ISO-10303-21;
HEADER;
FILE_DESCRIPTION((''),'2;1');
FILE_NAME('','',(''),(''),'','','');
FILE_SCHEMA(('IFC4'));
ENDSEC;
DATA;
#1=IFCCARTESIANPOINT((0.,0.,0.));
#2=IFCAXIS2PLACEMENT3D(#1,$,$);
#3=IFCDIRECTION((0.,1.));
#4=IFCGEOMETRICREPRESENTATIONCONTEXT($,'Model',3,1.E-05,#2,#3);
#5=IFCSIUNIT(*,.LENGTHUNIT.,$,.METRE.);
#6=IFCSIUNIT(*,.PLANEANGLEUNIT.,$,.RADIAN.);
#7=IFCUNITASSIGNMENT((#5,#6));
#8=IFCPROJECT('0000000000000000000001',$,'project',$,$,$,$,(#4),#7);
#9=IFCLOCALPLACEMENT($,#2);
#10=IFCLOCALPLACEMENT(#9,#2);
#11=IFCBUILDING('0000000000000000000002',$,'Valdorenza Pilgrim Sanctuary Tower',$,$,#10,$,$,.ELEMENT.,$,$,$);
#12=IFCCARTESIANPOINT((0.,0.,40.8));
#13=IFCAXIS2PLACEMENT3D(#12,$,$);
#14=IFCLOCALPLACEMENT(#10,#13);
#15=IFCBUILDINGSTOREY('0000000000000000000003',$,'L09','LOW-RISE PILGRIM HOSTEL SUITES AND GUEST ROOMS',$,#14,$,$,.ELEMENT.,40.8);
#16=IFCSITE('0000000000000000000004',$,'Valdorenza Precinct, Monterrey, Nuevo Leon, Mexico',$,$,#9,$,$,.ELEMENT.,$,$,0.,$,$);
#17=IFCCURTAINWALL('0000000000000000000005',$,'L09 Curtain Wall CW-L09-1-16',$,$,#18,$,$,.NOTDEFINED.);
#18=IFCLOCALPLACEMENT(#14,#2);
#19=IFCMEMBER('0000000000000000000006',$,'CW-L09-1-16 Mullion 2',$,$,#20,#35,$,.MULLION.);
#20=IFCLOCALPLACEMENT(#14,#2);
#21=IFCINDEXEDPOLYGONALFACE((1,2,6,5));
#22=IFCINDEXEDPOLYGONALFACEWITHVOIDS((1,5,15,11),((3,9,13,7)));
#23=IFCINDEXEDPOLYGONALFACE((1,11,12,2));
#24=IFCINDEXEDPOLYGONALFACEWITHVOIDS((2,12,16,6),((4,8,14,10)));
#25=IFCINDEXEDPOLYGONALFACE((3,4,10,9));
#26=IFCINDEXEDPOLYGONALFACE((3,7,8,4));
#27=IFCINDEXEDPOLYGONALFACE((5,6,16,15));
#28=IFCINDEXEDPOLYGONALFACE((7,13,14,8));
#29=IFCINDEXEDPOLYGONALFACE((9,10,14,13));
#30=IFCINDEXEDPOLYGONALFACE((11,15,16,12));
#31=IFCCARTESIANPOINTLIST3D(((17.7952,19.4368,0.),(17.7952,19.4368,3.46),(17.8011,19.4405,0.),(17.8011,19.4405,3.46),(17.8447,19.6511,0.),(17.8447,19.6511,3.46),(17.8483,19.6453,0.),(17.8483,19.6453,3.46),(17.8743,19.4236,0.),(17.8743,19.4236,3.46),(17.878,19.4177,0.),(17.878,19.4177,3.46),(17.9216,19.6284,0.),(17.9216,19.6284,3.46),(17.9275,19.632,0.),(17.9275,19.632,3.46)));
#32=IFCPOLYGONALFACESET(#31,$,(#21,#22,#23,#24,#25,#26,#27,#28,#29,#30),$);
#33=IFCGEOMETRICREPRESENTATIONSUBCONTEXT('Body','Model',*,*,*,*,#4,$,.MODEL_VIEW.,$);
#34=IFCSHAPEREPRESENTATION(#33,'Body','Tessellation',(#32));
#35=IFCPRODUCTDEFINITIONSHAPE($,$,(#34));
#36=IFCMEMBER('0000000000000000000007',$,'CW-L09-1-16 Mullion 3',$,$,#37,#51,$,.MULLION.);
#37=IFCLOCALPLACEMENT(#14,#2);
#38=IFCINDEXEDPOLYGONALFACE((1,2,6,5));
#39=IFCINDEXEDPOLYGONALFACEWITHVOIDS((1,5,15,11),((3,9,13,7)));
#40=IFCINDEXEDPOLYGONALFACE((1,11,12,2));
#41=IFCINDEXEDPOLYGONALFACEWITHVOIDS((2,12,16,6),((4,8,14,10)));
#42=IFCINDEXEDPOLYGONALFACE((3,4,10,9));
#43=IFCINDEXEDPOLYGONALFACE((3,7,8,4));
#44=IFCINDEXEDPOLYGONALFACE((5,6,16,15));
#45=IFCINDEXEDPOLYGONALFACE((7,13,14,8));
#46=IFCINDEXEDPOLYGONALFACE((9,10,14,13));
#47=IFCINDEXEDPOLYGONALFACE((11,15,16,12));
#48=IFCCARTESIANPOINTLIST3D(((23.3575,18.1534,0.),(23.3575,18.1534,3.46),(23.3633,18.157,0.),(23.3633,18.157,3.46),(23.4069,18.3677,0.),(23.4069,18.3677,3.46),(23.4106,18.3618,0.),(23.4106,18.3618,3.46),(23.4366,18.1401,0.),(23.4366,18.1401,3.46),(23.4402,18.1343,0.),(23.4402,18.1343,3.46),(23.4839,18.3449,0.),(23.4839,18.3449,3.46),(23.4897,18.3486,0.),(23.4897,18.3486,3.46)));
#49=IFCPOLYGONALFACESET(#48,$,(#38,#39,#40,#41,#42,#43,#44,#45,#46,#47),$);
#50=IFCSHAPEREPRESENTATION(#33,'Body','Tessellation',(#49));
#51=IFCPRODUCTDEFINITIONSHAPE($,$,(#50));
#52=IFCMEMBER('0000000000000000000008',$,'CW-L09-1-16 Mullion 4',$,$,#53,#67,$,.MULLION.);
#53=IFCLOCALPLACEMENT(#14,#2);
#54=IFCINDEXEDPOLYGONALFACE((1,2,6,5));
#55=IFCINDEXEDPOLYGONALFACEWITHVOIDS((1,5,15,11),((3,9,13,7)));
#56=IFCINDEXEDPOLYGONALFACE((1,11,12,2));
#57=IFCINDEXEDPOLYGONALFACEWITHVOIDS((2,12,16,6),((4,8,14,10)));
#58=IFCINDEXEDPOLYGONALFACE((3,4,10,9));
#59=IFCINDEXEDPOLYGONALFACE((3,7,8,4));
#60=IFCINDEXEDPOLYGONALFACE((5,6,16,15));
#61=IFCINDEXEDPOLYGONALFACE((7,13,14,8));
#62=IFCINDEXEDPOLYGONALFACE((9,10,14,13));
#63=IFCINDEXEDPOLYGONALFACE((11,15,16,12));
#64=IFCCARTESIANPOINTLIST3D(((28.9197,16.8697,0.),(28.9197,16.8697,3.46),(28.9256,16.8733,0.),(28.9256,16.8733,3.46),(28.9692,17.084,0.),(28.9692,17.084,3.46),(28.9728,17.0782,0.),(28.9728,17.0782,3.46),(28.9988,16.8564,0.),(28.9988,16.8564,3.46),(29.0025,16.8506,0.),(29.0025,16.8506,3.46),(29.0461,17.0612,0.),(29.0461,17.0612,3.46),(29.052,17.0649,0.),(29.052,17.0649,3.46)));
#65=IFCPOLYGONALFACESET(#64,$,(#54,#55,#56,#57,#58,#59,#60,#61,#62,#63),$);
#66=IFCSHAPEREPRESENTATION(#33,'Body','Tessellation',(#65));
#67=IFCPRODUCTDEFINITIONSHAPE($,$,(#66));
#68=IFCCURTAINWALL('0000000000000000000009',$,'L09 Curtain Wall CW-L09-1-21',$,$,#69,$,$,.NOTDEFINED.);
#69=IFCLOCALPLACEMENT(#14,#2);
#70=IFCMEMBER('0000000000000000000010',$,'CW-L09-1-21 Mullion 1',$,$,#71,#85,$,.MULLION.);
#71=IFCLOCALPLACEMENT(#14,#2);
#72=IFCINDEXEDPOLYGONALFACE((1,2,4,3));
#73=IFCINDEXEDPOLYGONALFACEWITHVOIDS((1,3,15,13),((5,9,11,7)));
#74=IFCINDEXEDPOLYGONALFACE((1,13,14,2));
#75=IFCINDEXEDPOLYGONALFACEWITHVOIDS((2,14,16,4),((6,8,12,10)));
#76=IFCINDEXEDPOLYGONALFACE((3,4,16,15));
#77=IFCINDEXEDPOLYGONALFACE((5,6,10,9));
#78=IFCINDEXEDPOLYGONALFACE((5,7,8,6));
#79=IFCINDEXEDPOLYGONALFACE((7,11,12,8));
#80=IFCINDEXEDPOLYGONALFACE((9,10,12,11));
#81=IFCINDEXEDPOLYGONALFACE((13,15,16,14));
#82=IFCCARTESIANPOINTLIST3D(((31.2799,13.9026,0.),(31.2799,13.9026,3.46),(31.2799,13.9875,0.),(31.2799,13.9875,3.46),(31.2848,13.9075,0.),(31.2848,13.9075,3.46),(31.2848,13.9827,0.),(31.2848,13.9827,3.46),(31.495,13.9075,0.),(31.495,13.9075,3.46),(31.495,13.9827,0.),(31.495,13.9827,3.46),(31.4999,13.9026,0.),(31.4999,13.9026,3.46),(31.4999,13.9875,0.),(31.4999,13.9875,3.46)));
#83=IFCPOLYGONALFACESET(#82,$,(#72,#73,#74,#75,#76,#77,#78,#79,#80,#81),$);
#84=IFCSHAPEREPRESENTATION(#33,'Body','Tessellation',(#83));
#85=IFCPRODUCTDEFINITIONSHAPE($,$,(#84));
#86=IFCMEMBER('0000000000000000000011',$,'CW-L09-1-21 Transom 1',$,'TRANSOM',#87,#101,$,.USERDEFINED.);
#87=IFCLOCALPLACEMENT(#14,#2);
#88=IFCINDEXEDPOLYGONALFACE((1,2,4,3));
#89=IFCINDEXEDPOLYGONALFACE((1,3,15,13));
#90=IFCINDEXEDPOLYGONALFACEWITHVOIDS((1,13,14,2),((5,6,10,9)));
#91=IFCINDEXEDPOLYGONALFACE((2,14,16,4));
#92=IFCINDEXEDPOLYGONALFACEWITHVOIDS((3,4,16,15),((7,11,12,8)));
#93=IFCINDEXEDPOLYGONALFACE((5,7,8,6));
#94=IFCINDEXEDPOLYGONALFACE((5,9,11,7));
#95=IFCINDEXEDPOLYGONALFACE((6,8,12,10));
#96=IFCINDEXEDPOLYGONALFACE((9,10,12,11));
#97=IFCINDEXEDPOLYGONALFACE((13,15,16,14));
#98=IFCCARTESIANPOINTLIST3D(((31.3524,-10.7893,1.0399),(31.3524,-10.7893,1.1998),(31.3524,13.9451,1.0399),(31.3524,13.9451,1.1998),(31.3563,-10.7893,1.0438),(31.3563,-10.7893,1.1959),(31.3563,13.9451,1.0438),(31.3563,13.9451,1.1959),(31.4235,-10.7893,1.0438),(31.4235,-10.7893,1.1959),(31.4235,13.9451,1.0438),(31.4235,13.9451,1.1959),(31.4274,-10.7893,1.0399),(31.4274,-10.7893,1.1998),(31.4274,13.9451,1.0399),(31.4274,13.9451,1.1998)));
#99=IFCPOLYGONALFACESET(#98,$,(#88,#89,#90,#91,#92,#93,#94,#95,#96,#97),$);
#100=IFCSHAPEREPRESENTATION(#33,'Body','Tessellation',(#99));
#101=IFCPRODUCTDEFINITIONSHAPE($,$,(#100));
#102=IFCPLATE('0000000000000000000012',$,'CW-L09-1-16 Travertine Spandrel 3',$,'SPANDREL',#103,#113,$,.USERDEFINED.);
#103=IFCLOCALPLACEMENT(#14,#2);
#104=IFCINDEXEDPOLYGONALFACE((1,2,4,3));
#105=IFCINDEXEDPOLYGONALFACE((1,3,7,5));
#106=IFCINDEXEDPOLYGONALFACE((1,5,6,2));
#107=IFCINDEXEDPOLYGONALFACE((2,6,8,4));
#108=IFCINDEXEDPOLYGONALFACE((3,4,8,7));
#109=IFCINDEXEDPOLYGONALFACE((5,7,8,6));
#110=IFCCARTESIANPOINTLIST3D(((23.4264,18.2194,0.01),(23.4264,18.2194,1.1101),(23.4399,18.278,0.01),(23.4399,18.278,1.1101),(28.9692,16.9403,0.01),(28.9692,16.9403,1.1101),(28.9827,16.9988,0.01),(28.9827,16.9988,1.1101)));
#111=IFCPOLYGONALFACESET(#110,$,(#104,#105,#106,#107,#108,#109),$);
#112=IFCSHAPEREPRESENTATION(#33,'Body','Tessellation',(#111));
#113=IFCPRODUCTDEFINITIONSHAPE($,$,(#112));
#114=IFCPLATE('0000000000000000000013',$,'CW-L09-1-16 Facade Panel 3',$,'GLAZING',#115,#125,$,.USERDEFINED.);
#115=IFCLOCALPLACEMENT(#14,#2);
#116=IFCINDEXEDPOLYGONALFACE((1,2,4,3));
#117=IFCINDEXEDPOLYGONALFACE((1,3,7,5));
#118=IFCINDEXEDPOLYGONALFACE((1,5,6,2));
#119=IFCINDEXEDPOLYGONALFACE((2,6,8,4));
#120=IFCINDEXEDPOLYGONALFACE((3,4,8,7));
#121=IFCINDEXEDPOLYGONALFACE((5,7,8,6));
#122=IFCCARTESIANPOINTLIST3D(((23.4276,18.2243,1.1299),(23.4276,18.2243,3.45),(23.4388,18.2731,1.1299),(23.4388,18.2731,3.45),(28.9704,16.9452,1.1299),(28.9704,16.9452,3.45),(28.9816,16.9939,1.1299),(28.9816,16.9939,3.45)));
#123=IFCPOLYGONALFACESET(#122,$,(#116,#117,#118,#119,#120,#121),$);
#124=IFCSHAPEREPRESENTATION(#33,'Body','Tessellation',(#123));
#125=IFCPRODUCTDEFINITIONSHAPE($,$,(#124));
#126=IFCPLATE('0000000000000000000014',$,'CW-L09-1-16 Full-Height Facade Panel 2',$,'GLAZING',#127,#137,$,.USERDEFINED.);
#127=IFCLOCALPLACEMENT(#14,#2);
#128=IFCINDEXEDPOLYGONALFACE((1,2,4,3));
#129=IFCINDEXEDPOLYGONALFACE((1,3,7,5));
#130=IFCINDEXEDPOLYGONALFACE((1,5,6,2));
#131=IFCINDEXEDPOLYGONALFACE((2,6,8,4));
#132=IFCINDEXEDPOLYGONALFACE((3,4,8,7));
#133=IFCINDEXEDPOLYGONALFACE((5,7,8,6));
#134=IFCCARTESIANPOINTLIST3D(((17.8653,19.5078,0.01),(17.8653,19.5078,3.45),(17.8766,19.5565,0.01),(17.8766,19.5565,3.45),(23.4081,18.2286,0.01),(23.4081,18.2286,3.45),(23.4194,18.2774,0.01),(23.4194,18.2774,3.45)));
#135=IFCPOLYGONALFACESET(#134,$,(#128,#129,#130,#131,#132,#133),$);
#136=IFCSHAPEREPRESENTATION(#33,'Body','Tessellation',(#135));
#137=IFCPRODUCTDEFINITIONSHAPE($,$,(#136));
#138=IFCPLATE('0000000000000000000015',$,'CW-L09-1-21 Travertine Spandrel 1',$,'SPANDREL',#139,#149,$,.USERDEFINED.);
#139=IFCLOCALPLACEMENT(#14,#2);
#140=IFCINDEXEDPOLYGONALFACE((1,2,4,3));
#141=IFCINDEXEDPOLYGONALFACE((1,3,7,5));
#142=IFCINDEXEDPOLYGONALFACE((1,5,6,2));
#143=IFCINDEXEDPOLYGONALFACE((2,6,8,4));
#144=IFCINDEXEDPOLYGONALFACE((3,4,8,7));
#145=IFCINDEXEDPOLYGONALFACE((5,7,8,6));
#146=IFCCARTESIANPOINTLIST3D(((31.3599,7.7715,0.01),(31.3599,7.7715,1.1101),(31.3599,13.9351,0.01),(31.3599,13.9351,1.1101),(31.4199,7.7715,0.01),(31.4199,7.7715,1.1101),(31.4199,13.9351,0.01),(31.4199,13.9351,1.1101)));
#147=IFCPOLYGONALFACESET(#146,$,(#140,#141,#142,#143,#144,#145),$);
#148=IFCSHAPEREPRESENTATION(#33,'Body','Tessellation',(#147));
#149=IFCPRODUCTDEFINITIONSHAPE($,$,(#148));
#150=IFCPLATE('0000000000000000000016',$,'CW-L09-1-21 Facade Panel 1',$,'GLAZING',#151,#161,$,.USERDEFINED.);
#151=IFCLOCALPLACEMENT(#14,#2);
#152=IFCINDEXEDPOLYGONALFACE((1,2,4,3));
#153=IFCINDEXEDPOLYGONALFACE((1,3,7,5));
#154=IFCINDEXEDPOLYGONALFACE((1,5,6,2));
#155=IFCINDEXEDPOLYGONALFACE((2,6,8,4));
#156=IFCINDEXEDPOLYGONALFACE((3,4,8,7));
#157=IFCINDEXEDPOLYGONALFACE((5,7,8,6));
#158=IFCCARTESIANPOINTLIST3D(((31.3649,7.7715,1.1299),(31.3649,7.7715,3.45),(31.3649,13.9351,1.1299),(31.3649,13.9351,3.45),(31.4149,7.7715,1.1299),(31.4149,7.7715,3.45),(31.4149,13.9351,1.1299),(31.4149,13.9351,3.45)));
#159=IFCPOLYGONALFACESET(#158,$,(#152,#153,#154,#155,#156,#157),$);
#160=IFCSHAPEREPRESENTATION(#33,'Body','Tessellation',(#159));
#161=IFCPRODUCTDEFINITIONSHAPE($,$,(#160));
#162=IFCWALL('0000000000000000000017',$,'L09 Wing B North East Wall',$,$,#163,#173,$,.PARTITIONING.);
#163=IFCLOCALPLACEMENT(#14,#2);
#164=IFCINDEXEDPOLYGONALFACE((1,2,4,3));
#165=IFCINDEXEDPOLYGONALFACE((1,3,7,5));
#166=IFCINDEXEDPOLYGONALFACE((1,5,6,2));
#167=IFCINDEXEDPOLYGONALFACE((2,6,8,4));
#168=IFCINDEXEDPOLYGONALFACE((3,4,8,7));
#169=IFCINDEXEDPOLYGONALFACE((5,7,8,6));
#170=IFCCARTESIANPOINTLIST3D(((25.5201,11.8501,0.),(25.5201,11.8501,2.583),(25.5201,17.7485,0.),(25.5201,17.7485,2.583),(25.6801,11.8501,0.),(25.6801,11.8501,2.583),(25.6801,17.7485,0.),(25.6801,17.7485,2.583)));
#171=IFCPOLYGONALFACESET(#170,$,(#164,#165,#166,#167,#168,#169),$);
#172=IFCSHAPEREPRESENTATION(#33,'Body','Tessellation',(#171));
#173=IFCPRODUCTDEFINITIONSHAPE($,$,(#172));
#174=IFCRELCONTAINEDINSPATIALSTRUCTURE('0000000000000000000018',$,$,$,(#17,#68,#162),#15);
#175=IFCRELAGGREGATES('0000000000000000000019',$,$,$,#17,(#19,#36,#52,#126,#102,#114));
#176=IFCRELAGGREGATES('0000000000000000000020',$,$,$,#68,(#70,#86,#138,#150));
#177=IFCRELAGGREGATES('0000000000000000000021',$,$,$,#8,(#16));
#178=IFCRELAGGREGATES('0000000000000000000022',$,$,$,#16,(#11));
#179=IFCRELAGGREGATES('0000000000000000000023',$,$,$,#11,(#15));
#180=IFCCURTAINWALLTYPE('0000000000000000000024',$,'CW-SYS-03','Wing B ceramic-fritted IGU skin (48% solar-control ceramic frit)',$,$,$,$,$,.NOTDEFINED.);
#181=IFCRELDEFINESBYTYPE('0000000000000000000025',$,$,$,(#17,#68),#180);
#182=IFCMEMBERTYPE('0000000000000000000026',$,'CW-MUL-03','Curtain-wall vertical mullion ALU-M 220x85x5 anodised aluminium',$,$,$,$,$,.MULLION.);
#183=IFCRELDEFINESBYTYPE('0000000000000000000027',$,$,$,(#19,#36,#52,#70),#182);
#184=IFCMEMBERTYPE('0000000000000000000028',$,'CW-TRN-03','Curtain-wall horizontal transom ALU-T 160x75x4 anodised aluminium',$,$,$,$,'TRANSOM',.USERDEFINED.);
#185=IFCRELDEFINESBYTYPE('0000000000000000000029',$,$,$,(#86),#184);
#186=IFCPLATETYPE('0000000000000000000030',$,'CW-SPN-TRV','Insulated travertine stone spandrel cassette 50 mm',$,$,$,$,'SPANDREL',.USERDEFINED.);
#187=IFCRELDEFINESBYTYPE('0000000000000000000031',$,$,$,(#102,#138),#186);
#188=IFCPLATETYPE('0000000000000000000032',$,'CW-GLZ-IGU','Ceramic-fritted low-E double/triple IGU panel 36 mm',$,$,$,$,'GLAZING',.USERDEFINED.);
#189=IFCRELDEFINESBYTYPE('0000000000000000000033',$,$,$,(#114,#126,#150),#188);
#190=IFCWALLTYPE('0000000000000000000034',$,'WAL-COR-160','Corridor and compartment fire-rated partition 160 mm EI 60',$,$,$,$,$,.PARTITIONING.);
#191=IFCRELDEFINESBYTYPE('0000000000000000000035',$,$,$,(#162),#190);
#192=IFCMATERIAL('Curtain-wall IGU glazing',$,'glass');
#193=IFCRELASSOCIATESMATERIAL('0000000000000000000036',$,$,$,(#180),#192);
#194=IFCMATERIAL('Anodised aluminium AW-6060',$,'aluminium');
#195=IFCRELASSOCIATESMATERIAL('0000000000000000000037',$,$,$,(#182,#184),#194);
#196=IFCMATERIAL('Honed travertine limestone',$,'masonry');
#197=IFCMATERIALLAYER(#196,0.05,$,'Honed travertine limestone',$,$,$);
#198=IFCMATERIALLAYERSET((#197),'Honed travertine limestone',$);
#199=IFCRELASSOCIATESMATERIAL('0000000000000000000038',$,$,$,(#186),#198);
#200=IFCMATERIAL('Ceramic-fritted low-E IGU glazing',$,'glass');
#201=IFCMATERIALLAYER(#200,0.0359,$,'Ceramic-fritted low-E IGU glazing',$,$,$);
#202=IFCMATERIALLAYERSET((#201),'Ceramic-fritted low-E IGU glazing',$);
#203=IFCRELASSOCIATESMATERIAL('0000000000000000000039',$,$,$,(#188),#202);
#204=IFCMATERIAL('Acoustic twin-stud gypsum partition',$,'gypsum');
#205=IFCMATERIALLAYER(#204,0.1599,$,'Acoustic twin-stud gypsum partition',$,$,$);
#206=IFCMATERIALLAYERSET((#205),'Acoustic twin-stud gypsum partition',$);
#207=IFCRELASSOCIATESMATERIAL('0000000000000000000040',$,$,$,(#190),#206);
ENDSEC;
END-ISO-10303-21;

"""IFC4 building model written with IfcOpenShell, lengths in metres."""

from ifc_helpers import new_model, si_unit, direction, frame, frame_2d, origin, origin_2d, place, context, subcontext, project, spatial, rectangle, hollow_rectangle, extrude, source, transform, mapped, material, layer, layer_set, material_profile, profile_set, type_object, element, aggregate, save


model = new_model("IFC4")

# Units and contexts
model_context = context("Model", 3, precision=1e-05, world=origin(), true_north=direction((0.0, 1.0)))
body_context = subcontext(model_context, "Body", "Model", "MODEL_VIEW")
ifc_project = project(units=[si_unit("LENGTHUNIT", "METRE"), si_unit("PLANEANGLEUNIT", "RADIAN")], contexts=[model_context])

# Site, building, storey
site_placement = place(None, origin())
site = spatial("IfcSite", under=ifc_project, at=site_placement, Name="Valdorenza Precinct, Monterrey, Nuevo Leon, Mexico", CompositionType="ELEMENT", RefElevation=0.0)
building_placement = place(site_placement, origin())
building = spatial("IfcBuilding", under=site, at=building_placement, Name="Valdorenza Pilgrim Sanctuary Tower", CompositionType="ELEMENT")
storey_placement = place(building_placement, frame((0.0, 0.0, 40.8)))
storey = spatial("IfcBuildingStorey", under=building, at=storey_placement, Name="L09", Description="LOW-RISE PILGRIM HOSTEL SUITES AND GUEST ROOMS", CompositionType="ELEMENT", Elevation=40.8)

# Curtain walls, members
ifc_material_1 = material(Name="Curtain-wall IGU glazing", Category="glass")
curtain_wall_type = type_object("IfcCurtainWallType", Name="CW-SYS-03", Description="Wing B ceramic-fritted IGU skin (48% solar-control ceramic frit)", PredefinedType="NOTDEFINED", material=ifc_material_1)
curtain_wall_1_placement = place(storey_placement, origin())
curtain_wall_1 = element("IfcCurtainWall", 1, at=curtain_wall_1_placement, inside=storey, type_object=curtain_wall_type, Name="L09 Curtain Wall CW-L09-1-16", PredefinedType="NOTDEFINED")
ifc_material_2 = material(Name="Anodised aluminium AW-6060", Category="aluminium")
ifc_material_profile_1 = material_profile(ifc_material_2, hollow_rectangle(XDim=0.085, YDim=0.22, WallThickness=0.0049, at=origin_2d()), Name="ALU-M 220x85x5")
ifc_profile_set_1 = profile_set([ifc_material_profile_1], Name="Anodised aluminium AW-6060")
member_type_1 = type_object("IfcMemberType", Name="CW-MUL-03", Description="Curtain-wall vertical mullion ALU-M 220x85x5 anodised aluminium", PredefinedType="MULLION", material=ifc_profile_set_1)
shared_shape_1 = source(origin(), body_context, "Body", "SweptSolid", [
    extrude(hollow_rectangle(XDim=0.085, YDim=0.22, WallThickness=0.0049, at=origin_2d()), origin(), (0.0, 0.0, 1.0), 3.46),
])
member_1_placement = place(storey_placement, frame((17.8613, 19.5344, 0.0), z_axis=(0.0, 0.0, 1.0), x_axis=(0.97439, -0.224866, 0.0)))
member_1 = element("IfcMember", 2, at=member_1_placement, type_object=member_type_1, Name="CW-L09-1-16 Mullion 2", PredefinedType="MULLION", context=body_context, shape_type="MappedRepresentation", body=[
    mapped(shared_shape_1, transform((0.0, 0.0, 0.0), x_axis=(1.0, 0.0, 0.0), y_axis=(0.0, 1.0, 0.0), z_axis=(0.0, 0.0, 1.0), scale=1.0)),
])
member_2_placement = place(storey_placement, frame((23.4236, 18.251, 0.0), z_axis=(0.0, 0.0, 1.0), x_axis=(0.97439, -0.224866, 0.0)))
member_2 = element("IfcMember", 3, at=member_2_placement, type_object=member_type_1, Name="CW-L09-1-16 Mullion 3", PredefinedType="MULLION", context=body_context, shape_type="MappedRepresentation", body=[
    mapped(shared_shape_1, transform((0.0, 0.0, 0.0), x_axis=(1.0, 0.0, 0.0), y_axis=(0.0, 1.0, 0.0), z_axis=(0.0, 0.0, 1.0), scale=1.0)),
])
member_3_placement = place(storey_placement, frame((28.9858, 16.9673, 0.0), z_axis=(0.0, 0.0, 1.0), x_axis=(0.97439, -0.224866, 0.0)))
member_3 = element("IfcMember", 4, at=member_3_placement, type_object=member_type_1, Name="CW-L09-1-16 Mullion 4", PredefinedType="MULLION", context=body_context, shape_type="MappedRepresentation", body=[
    mapped(shared_shape_1, transform((0.0, 0.0, 0.0), x_axis=(1.0, 0.0, 0.0), y_axis=(0.0, 1.0, 0.0), z_axis=(0.0, 0.0, 1.0), scale=1.0)),
])
curtain_wall_2_placement = place(storey_placement, origin())
curtain_wall_2 = element("IfcCurtainWall", 5, at=curtain_wall_2_placement, inside=storey, type_object=curtain_wall_type, Name="L09 Curtain Wall CW-L09-1-21", PredefinedType="NOTDEFINED")
member_4_placement = place(storey_placement, frame((31.3899, 13.9451, 0.0), z_axis=(0.0, 0.0, 1.0), x_axis=(0.0, -1.0, 0.0)))
member_4 = element("IfcMember", 6, at=member_4_placement, type_object=member_type_1, Name="CW-L09-1-21 Mullion 1", PredefinedType="MULLION", context=body_context, shape_type="MappedRepresentation", body=[
    mapped(shared_shape_1, transform((0.0, 0.0, 0.0), x_axis=(1.0, 0.0, 0.0), y_axis=(0.0, 1.0, 0.0), z_axis=(0.0, 0.0, 1.0), scale=1.0)),
])
ifc_material_profile_2 = material_profile(ifc_material_2, hollow_rectangle(XDim=0.075, YDim=0.1599, WallThickness=0.0039, at=origin_2d()), Name="ALU-T 160x75x4")
ifc_profile_set_2 = profile_set([ifc_material_profile_2], Name="Anodised aluminium AW-6060")
member_type_2 = type_object("IfcMemberType", Name="CW-TRN-03", Description="Curtain-wall horizontal transom ALU-T 160x75x4 anodised aluminium", ElementType="TRANSOM", PredefinedType="USERDEFINED", material=ifc_profile_set_2)
shared_shape_2 = source(origin(), body_context, "Body", "SweptSolid", [
    extrude(hollow_rectangle(XDim=0.075, YDim=0.1599, WallThickness=0.0039, at=origin_2d()), origin(), (0.0, 0.0, 1.0), 24.7344),
])
member_5_placement = place(storey_placement, frame((31.3899, 13.9451, 1.1199), z_axis=(0.0, -1.0, 0.0), x_axis=(1.0, 0.0, 0.0)))
member_5 = element("IfcMember", 7, at=member_5_placement, type_object=member_type_2, Name="CW-L09-1-21 Transom 1", ObjectType="TRANSOM", PredefinedType="USERDEFINED", context=body_context, shape_type="MappedRepresentation", body=[
    mapped(shared_shape_2, transform((0.0, 0.0, 0.0), x_axis=(1.0, 0.0, 0.0), y_axis=(0.0, 1.0, 0.0), z_axis=(0.0, 0.0, 1.0), scale=1.0)),
])

# Plates
ifc_material_3 = material(Name="Honed travertine limestone", Category="masonry")
ifc_layer_1 = layer(ifc_material_3, 0.05, Name="Honed travertine limestone")
ifc_layer_set_1 = layer_set([ifc_layer_1], Name="Honed travertine limestone")
plate_type_1 = type_object("IfcPlateType", Name="CW-SPN-TRV", Description="Insulated travertine stone spandrel cassette 50 mm", ElementType="SPANDREL", PredefinedType="USERDEFINED", material=ifc_layer_set_1)
shared_shape_3 = source(origin(), body_context, "Body", "SweptSolid", [
    extrude(rectangle(XDim=5.6885, YDim=0.0601, at=origin_2d()), origin(), (0.0, 0.0, 1.0), 1.1001),
])
plate_1_placement = place(storey_placement, frame((26.2046, 17.6091, 0.01), z_axis=(0.0, 0.0, 1.0), x_axis=(0.97439, -0.224866, 0.0)))
plate_1 = element("IfcPlate", 8, at=plate_1_placement, type_object=plate_type_1, Name="CW-L09-1-16 Travertine Spandrel 3", ObjectType="SPANDREL", PredefinedType="USERDEFINED", context=body_context, shape_type="MappedRepresentation", body=[
    mapped(shared_shape_3, transform((0.0, 0.0, 0.0), x_axis=(1.0, 0.0, 0.0), y_axis=(0.0, 1.0, 0.0), z_axis=(0.0, 0.0, 1.0), scale=1.0)),
])
ifc_material_4 = material(Name="Ceramic-fritted low-E IGU glazing", Category="glass")
ifc_layer_2 = layer(ifc_material_4, 0.0359, Name="Ceramic-fritted low-E IGU glazing")
ifc_layer_set_2 = layer_set([ifc_layer_2], Name="Ceramic-fritted low-E IGU glazing")
plate_type_2 = type_object("IfcPlateType", Name="CW-GLZ-IGU", Description="Ceramic-fritted low-E double/triple IGU panel 36 mm", ElementType="GLAZING", PredefinedType="USERDEFINED", material=ifc_layer_set_2)
shared_shape_4 = source(origin(), body_context, "Body", "SweptSolid", [
    extrude(rectangle(XDim=5.6885, YDim=0.05, at=origin_2d()), origin(), (0.0, 0.0, 1.0), 2.3201),
])
plate_2_placement = place(storey_placement, frame((26.2046, 17.6091, 1.1299), z_axis=(0.0, 0.0, 1.0), x_axis=(0.97439, -0.224866, 0.0)))
plate_2 = element("IfcPlate", 9, at=plate_2_placement, type_object=plate_type_2, Name="CW-L09-1-16 Facade Panel 3", ObjectType="GLAZING", PredefinedType="USERDEFINED", context=body_context, shape_type="MappedRepresentation", body=[
    mapped(shared_shape_4, transform((0.0, 0.0, 0.0), x_axis=(1.0, 0.0, 0.0), y_axis=(0.0, 1.0, 0.0), z_axis=(0.0, 0.0, 1.0), scale=1.0)),
])
shared_shape_5 = source(origin(), body_context, "Body", "SweptSolid", [
    extrude(rectangle(XDim=5.6885, YDim=0.05, at=origin_2d()), origin(), (0.0, 0.0, 1.0), 3.4399),
])
plate_3_placement = place(storey_placement, frame((20.6423, 18.8926, 0.01), z_axis=(0.0, 0.0, 1.0), x_axis=(0.97439, -0.224866, 0.0)))
plate_3 = element("IfcPlate", 10, at=plate_3_placement, type_object=plate_type_2, Name="CW-L09-1-16 Full-Height Facade Panel 2", ObjectType="GLAZING", PredefinedType="USERDEFINED", context=body_context, shape_type="MappedRepresentation", body=[
    mapped(shared_shape_5, transform((0.0, 0.0, 0.0), x_axis=(1.0, 0.0, 0.0), y_axis=(0.0, 1.0, 0.0), z_axis=(0.0, 0.0, 1.0), scale=1.0)),
])
aggregate(curtain_wall_1, [member_1, member_2, member_3, plate_3, plate_1, plate_2])
shared_shape_6 = source(origin(), body_context, "Body", "SweptSolid", [
    extrude(rectangle(XDim=6.1636, YDim=0.0601, at=origin_2d()), origin(), (0.0, 0.0, 1.0), 1.1001),
])
plate_4_placement = place(storey_placement, frame((31.3899, 10.8533, 0.01), z_axis=(0.0, 0.0, 1.0), x_axis=(0.0, -1.0, 0.0)))
plate_4 = element("IfcPlate", 11, at=plate_4_placement, type_object=plate_type_1, Name="CW-L09-1-21 Travertine Spandrel 1", ObjectType="SPANDREL", PredefinedType="USERDEFINED", context=body_context, shape_type="MappedRepresentation", body=[
    mapped(shared_shape_6, transform((0.0, 0.0, 0.0), x_axis=(1.0, 0.0, 0.0), y_axis=(0.0, 1.0, 0.0), z_axis=(0.0, 0.0, 1.0), scale=1.0)),
])
shared_shape_7 = source(origin(), body_context, "Body", "SweptSolid", [
    extrude(rectangle(XDim=6.1636, YDim=0.05, at=origin_2d()), origin(), (0.0, 0.0, 1.0), 2.3201),
])
plate_5_placement = place(storey_placement, frame((31.3899, 10.8533, 1.1299), z_axis=(0.0, 0.0, 1.0), x_axis=(0.0, -1.0, 0.0)))
plate_5 = element("IfcPlate", 12, at=plate_5_placement, type_object=plate_type_2, Name="CW-L09-1-21 Facade Panel 1", ObjectType="GLAZING", PredefinedType="USERDEFINED", context=body_context, shape_type="MappedRepresentation", body=[
    mapped(shared_shape_7, transform((0.0, 0.0, 0.0), x_axis=(1.0, 0.0, 0.0), y_axis=(0.0, 1.0, 0.0), z_axis=(0.0, 0.0, 1.0), scale=1.0)),
])
aggregate(curtain_wall_2, [member_4, member_5, plate_4, plate_5])

# Wall
ifc_material_5 = material(Name="Acoustic twin-stud gypsum partition", Category="gypsum")
ifc_layer_3 = layer(ifc_material_5, 0.1599, Name="Acoustic twin-stud gypsum partition")
ifc_layer_set_3 = layer_set([ifc_layer_3], Name="Acoustic twin-stud gypsum partition")
wall_type_1 = type_object("IfcWallType", Name="WAL-COR-160", Description="Corridor and compartment fire-rated partition 160 mm EI 60", PredefinedType="PARTITIONING", material=ifc_layer_set_3)
wall_1_placement = place(storey_placement, frame((25.6001, 11.8501, 0.0), z_axis=(0.0, 0.0, 1.0), x_axis=(0.0, 1.0, 0.0)))
element("IfcWall", 13, at=wall_1_placement, inside=storey, type_object=wall_type_1, Name="L09 Wing B North East Wall", PredefinedType="PARTITIONING", context=body_context, shape_type="SweptSolid", body=[
    extrude(rectangle(XDim=5.8984, YDim=0.1599, at=frame_2d((2.9492, 0.0))), origin(), (0.0, 0.0, 1.0), 2.583),
])

save(model, "model.ifc")
